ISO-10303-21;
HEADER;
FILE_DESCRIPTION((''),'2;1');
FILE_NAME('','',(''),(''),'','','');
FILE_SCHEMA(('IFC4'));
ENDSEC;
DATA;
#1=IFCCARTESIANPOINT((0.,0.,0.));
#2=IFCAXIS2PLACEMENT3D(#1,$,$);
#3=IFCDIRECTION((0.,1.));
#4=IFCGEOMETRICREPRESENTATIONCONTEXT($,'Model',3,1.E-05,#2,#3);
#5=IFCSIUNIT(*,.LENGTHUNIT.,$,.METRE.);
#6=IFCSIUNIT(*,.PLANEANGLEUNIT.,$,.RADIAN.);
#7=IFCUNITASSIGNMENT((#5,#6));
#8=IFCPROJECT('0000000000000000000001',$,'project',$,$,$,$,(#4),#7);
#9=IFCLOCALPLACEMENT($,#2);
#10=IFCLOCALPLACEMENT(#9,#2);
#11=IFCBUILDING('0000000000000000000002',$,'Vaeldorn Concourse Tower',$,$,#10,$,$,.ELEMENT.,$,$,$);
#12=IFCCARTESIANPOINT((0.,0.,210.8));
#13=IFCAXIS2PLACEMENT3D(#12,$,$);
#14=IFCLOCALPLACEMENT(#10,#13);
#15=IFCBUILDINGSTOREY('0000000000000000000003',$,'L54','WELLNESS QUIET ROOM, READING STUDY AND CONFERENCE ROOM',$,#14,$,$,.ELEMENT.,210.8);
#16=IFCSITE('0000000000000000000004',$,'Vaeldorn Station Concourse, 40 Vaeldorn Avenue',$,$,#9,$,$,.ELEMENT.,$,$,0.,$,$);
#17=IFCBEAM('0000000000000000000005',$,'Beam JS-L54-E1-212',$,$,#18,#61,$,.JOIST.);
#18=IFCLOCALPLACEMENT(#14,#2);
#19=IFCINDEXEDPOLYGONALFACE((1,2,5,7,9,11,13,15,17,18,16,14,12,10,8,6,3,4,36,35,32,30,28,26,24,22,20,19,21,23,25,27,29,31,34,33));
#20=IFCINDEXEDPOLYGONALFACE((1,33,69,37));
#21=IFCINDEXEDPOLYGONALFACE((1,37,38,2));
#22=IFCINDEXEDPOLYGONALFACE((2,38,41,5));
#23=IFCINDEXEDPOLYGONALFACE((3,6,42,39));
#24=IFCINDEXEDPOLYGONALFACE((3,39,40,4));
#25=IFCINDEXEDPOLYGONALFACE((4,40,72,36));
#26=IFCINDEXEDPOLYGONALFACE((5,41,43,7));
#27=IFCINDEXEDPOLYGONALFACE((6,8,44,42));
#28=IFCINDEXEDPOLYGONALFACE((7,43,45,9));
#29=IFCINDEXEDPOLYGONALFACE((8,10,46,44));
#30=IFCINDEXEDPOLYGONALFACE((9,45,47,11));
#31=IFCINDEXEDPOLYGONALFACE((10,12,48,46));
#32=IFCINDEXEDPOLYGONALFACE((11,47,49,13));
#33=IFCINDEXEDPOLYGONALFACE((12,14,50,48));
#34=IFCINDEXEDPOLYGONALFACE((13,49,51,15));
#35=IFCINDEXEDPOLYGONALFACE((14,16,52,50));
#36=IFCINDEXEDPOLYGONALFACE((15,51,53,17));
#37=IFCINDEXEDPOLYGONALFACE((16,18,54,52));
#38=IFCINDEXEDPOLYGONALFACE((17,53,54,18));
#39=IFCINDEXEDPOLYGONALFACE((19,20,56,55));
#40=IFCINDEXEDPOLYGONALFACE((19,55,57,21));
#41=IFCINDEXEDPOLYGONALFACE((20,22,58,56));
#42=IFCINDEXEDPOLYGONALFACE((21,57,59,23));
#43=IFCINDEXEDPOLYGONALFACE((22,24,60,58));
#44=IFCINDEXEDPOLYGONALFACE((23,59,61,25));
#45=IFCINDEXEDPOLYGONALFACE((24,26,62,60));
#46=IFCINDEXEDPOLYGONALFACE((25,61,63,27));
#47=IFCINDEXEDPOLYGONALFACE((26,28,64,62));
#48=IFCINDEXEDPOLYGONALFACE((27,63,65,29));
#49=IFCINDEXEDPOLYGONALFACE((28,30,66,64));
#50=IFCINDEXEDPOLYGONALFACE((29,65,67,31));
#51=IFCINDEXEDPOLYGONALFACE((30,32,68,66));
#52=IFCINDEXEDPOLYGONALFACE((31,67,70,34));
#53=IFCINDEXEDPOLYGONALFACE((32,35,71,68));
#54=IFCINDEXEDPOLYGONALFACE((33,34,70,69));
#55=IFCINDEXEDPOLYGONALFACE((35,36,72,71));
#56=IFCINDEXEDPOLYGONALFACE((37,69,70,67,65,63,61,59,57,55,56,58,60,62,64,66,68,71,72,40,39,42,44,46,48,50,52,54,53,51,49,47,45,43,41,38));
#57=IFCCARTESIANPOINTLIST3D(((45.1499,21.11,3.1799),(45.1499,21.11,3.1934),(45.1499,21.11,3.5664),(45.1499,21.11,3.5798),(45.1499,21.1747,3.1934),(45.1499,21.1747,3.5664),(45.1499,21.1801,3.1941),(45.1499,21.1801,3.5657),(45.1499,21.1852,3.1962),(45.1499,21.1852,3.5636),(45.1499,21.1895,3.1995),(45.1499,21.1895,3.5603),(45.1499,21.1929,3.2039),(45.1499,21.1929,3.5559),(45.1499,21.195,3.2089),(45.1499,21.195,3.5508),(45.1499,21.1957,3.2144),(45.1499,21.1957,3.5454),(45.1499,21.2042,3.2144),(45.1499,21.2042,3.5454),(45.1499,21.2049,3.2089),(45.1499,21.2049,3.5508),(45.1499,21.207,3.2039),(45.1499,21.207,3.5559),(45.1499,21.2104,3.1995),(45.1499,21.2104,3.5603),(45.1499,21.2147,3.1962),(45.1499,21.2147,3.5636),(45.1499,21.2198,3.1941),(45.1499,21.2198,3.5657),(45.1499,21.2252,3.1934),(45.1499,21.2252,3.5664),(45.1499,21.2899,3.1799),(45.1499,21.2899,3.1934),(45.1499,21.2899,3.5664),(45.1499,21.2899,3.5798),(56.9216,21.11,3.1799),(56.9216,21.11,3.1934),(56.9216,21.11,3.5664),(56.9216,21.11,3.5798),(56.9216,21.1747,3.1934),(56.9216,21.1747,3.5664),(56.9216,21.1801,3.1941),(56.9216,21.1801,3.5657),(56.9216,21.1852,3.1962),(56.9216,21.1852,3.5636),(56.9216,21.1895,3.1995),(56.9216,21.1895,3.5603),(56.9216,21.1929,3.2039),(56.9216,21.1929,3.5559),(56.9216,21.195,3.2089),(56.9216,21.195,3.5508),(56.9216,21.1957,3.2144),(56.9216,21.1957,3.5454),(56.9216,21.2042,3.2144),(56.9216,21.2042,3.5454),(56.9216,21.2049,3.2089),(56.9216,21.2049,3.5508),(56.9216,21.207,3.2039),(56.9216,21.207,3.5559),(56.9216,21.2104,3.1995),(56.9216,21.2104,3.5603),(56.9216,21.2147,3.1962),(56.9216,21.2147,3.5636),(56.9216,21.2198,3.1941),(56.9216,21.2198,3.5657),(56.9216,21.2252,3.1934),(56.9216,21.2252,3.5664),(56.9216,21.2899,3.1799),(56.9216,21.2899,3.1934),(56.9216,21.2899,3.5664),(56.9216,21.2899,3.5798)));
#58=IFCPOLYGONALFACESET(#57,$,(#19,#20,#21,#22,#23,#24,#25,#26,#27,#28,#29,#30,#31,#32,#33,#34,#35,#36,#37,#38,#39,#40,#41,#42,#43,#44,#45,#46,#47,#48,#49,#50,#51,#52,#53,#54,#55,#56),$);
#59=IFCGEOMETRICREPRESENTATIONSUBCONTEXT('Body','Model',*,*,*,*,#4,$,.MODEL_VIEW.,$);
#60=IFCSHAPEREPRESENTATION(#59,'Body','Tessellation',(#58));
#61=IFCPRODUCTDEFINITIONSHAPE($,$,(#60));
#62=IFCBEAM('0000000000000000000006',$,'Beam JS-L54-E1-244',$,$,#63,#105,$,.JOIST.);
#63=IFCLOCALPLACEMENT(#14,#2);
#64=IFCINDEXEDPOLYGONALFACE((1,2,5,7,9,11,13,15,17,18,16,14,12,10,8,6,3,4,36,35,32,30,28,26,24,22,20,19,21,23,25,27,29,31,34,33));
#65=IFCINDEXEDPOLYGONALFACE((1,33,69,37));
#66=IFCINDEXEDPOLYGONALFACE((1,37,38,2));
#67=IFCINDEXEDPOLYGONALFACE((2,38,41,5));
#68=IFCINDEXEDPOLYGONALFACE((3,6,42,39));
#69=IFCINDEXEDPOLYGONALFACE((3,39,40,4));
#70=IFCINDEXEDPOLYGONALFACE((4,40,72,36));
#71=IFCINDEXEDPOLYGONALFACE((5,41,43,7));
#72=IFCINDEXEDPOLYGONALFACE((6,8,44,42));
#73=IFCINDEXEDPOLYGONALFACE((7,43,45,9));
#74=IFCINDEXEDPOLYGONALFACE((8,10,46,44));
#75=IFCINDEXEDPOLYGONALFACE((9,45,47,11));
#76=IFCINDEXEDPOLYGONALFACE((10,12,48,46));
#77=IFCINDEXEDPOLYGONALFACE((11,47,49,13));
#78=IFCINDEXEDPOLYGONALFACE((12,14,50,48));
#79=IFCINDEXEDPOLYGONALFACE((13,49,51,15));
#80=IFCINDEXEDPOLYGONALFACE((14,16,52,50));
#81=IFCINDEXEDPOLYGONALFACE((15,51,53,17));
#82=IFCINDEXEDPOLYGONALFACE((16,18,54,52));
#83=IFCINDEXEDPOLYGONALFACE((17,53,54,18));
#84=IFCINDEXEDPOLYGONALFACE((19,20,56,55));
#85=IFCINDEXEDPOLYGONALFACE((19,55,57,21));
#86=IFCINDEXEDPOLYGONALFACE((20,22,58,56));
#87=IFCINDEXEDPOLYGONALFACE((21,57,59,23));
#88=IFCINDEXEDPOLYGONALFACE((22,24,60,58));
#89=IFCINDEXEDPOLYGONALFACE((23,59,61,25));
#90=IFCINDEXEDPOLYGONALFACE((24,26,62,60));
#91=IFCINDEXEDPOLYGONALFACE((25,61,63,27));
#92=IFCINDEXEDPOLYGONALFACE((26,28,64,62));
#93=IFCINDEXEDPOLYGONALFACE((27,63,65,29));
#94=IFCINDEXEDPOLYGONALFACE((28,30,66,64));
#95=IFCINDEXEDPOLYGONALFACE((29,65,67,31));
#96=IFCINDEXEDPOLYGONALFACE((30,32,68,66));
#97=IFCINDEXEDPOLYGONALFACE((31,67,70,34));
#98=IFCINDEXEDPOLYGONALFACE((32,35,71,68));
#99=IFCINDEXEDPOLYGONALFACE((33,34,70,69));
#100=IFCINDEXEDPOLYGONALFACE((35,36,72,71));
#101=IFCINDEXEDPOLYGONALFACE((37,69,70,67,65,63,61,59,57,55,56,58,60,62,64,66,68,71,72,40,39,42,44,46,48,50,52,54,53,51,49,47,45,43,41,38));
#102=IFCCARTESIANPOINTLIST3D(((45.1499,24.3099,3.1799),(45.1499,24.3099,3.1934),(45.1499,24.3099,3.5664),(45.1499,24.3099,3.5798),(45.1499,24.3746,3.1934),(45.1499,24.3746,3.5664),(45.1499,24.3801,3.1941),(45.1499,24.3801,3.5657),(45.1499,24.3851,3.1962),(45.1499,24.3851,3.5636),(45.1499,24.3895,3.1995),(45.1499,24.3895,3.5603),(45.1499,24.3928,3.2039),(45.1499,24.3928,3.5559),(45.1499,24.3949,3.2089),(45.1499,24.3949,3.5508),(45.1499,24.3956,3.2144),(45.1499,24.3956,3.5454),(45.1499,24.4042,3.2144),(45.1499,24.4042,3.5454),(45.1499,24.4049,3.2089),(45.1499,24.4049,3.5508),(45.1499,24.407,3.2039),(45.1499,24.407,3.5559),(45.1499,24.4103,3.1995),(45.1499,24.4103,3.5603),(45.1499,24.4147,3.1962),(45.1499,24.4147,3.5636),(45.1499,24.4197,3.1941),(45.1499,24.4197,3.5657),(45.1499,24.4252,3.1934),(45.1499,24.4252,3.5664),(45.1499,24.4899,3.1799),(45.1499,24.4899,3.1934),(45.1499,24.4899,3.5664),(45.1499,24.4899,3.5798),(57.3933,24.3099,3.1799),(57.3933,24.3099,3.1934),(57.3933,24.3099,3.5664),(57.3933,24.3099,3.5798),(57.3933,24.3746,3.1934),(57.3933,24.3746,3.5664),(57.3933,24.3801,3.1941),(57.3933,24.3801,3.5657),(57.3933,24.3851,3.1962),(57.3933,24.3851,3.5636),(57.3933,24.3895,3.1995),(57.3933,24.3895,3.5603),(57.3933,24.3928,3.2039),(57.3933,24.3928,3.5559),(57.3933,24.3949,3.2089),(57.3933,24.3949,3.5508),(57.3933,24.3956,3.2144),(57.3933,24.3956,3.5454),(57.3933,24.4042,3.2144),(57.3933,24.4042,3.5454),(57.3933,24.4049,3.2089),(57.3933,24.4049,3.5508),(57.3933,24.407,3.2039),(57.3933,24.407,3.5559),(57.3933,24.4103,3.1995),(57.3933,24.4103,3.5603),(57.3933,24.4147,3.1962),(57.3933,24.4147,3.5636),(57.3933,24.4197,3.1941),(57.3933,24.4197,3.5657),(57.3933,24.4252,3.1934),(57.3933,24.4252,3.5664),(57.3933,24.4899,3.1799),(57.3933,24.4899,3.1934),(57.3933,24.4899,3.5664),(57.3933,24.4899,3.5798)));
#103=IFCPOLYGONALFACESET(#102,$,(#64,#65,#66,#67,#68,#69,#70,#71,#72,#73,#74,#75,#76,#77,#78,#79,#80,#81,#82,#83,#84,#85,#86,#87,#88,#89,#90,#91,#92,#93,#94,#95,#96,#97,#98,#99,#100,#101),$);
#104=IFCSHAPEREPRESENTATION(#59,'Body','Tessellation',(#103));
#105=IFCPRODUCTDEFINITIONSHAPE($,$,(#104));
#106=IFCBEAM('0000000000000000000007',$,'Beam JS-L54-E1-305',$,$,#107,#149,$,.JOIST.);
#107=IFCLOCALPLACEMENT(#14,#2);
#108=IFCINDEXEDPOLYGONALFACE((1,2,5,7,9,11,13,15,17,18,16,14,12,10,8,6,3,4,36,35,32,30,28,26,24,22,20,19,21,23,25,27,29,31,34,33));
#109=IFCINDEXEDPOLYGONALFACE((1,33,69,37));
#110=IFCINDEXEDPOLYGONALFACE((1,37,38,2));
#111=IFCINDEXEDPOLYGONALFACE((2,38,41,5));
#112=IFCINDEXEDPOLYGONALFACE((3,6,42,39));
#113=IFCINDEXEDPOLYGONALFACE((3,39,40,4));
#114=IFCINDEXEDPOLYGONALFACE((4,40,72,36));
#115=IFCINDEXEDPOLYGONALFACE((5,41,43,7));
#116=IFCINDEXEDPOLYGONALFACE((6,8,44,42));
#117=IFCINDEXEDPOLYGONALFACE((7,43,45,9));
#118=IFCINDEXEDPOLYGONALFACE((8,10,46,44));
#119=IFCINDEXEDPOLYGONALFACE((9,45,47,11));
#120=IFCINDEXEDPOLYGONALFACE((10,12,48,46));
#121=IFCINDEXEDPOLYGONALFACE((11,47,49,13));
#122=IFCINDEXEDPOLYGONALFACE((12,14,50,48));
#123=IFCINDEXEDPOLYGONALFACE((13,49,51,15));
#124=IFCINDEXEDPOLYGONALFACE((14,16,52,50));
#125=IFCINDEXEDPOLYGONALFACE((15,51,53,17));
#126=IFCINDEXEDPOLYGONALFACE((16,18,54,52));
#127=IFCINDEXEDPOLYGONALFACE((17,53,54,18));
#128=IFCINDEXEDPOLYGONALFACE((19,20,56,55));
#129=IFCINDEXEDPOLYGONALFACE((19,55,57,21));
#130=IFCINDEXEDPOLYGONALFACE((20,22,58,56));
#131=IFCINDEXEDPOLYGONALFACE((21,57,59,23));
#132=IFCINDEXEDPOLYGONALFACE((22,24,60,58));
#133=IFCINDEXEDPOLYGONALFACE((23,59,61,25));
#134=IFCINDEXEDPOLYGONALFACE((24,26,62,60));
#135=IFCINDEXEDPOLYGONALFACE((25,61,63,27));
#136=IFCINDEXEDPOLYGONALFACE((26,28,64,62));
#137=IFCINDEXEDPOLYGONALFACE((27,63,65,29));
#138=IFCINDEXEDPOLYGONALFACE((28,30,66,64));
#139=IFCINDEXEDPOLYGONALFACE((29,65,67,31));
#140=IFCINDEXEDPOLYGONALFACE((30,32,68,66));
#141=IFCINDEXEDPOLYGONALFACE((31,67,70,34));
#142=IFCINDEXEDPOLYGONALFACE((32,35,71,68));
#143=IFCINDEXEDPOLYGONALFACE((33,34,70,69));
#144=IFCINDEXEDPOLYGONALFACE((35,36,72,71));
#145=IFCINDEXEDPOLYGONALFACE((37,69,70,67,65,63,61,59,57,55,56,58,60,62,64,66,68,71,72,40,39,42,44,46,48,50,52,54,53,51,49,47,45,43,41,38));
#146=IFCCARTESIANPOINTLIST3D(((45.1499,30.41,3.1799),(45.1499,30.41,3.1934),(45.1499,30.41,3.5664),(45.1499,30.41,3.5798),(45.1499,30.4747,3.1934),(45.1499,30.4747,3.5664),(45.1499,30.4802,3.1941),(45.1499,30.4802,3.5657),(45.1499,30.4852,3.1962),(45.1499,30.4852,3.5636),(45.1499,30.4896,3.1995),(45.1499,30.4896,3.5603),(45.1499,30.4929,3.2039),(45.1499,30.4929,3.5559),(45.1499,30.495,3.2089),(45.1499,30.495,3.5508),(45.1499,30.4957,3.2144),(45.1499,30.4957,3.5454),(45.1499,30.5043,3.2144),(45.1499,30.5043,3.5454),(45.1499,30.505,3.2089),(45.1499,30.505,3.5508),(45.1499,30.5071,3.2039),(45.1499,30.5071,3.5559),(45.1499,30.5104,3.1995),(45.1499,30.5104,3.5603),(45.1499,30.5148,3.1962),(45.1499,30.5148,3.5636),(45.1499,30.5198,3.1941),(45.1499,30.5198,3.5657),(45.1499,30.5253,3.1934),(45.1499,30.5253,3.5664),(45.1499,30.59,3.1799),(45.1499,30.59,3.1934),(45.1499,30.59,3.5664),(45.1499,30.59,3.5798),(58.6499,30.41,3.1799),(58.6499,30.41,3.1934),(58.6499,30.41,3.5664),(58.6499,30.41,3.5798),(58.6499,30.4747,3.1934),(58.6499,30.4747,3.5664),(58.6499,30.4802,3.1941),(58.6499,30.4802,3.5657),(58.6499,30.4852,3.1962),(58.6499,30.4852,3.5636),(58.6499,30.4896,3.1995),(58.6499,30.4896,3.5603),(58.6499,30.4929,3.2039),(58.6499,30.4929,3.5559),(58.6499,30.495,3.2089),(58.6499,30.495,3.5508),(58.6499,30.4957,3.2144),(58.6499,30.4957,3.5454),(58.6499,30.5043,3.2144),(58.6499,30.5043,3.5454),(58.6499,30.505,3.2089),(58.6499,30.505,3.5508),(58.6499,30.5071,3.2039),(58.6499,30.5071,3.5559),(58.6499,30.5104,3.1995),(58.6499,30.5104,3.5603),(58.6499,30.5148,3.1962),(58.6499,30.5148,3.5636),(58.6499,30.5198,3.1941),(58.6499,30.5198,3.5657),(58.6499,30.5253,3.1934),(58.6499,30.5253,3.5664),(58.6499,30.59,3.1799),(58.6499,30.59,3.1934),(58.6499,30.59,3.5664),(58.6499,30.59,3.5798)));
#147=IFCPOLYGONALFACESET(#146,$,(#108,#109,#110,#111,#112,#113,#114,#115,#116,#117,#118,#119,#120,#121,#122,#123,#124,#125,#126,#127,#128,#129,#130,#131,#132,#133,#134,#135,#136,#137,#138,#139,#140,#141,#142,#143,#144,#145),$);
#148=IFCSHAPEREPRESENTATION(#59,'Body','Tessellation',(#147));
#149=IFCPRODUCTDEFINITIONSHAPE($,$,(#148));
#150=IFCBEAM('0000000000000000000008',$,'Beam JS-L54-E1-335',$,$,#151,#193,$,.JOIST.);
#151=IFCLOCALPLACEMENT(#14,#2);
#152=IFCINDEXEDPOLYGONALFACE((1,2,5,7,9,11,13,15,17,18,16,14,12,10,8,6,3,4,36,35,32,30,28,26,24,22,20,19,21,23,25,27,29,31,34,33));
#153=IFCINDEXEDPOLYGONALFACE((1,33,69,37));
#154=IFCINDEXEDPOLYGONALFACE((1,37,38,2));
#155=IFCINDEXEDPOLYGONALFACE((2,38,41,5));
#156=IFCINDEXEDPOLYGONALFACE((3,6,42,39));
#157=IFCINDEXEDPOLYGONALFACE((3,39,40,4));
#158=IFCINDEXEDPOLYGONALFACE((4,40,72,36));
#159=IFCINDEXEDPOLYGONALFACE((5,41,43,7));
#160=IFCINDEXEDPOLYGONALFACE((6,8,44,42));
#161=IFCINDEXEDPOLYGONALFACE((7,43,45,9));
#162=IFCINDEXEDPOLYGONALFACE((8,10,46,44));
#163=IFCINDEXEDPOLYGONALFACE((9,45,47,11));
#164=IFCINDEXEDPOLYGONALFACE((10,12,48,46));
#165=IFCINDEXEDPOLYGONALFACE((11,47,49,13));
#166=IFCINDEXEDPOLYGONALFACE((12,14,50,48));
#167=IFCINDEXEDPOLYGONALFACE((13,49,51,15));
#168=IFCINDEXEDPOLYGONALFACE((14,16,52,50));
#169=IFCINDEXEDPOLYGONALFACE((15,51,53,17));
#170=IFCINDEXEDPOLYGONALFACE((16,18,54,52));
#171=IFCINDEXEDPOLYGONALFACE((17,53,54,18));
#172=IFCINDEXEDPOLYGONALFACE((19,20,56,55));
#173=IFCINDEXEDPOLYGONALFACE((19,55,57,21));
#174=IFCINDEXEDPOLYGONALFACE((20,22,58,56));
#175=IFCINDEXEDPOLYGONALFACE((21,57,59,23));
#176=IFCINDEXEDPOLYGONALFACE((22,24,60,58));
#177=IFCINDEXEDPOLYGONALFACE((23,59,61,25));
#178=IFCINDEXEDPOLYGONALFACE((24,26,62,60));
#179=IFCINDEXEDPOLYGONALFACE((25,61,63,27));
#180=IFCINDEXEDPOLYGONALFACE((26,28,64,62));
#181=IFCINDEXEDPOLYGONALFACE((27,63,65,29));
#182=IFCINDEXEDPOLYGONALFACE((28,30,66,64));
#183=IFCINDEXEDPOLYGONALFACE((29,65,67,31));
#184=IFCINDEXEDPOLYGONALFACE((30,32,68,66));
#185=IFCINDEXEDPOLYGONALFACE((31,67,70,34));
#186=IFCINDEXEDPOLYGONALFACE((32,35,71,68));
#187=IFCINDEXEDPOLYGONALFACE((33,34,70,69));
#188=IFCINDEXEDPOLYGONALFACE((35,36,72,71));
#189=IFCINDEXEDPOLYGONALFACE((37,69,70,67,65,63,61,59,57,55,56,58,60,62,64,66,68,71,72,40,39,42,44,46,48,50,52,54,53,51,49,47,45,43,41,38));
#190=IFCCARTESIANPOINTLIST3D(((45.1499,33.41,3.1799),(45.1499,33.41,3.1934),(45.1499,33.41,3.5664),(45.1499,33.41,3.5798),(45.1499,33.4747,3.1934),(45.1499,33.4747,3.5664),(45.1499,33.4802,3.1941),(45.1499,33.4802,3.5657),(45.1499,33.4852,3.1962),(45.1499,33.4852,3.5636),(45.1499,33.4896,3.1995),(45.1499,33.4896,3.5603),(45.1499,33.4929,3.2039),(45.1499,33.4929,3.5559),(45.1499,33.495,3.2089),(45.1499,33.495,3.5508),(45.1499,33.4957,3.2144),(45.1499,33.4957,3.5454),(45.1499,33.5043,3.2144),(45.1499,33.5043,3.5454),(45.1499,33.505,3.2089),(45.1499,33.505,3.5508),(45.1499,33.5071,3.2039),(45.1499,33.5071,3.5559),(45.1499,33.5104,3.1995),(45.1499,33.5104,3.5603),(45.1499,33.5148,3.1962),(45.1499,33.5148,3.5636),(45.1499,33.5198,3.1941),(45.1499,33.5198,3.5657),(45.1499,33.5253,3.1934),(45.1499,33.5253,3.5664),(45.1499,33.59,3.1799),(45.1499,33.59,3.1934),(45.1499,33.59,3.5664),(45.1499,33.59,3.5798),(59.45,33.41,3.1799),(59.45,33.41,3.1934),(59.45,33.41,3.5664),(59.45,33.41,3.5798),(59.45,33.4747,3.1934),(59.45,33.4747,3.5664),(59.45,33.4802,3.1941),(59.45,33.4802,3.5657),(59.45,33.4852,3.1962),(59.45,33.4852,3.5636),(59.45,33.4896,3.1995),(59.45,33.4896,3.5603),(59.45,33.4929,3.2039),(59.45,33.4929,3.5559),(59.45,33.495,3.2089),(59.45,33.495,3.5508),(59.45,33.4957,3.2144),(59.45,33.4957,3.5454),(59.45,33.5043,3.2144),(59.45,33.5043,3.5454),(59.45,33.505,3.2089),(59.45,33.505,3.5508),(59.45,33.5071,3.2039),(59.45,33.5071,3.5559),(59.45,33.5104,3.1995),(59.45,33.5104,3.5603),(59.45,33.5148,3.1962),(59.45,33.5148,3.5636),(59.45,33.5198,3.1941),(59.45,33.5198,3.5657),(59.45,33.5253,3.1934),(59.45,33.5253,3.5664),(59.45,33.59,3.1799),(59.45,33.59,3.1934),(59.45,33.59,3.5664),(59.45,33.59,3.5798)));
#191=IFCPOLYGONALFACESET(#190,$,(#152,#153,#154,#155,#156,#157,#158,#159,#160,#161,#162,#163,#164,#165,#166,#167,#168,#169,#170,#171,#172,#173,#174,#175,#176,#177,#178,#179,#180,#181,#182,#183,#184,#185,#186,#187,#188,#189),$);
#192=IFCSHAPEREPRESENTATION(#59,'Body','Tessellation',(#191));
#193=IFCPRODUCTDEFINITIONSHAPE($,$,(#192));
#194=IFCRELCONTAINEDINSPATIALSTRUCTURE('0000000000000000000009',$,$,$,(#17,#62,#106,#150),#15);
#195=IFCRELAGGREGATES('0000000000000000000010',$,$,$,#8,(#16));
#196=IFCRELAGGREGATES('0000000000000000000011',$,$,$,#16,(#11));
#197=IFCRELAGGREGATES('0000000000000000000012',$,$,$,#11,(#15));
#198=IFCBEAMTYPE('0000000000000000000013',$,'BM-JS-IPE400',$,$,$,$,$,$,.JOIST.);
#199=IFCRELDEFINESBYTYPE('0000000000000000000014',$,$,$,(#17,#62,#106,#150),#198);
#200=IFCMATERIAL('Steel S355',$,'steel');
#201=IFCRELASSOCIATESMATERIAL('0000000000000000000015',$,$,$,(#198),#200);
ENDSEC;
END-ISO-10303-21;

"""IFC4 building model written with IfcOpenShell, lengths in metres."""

from ifc_helpers import new_model, si_unit, direction, frame, origin, origin_2d, place, context, subcontext, project, spatial, i_section, extrude, source, transform, mapped, material, material_profile, profile_set, type_object, element, save


model = new_model("IFC4")

# Units and contexts
model_context = context("Model", 3, precision=1e-05, world=origin(), true_north=direction((0.0, 1.0)))
body_context = subcontext(model_context, "Body", "Model", "MODEL_VIEW")
ifc_project = project(units=[si_unit("LENGTHUNIT", "METRE"), si_unit("PLANEANGLEUNIT", "RADIAN")], contexts=[model_context])

# Site, building, storey
site_placement = place(None, origin())
site = spatial("IfcSite", under=ifc_project, at=site_placement, Name="Vaeldorn Station Concourse, 40 Vaeldorn Avenue", CompositionType="ELEMENT", RefElevation=0.0)
building_placement = place(site_placement, origin())
building = spatial("IfcBuilding", under=site, at=building_placement, Name="Vaeldorn Concourse Tower", CompositionType="ELEMENT")
storey_placement = place(building_placement, frame((0.0, 0.0, 210.8)))
storey = spatial("IfcBuildingStorey", under=building, at=storey_placement, Name="L54", Description="WELLNESS QUIET ROOM, READING STUDY AND CONFERENCE ROOM", CompositionType="ELEMENT", Elevation=210.8)

# Shared definitions
ifc_material_1 = material(Name="Steel S355", Category="steel")

# Beams
ifc_material_profile_1 = material_profile(ifc_material_1, i_section(OverallWidth=0.1799, OverallDepth=0.3999, WebThickness=0.0085, FlangeThickness=0.0134, FilletRadius=0.021, at=origin_2d()), Name="IPE 400")
ifc_profile_set_1 = profile_set([ifc_material_profile_1], Name="Steel S355")
beam_type_1 = type_object("IfcBeamType", Name="BM-JS-IPE400", PredefinedType="JOIST", material=ifc_profile_set_1)
shared_shape_1 = source(origin(), body_context, "Body", "SweptSolid", [
    extrude(i_section(OverallWidth=0.1799, OverallDepth=0.3999, WebThickness=0.0085, FlangeThickness=0.0134, FilletRadius=0.021, at=origin_2d()), origin(), (0.0, 0.0, 1.0), 11.7717),
])
beam_1_placement = place(storey_placement, frame((45.1499, 21.2, 3.3799), z_axis=(1.0, 0.0, 0.0), x_axis=(0.0, 1.0, 0.0)))
element("IfcBeam", 1, at=beam_1_placement, inside=storey, type_object=beam_type_1, Name="Beam JS-L54-E1-212", PredefinedType="JOIST", context=body_context, shape_type="MappedRepresentation", body=[
    mapped(shared_shape_1, transform((0.0, 0.0, 0.0), scale=1.0)),
])
shared_shape_2 = source(origin(), body_context, "Body", "SweptSolid", [
    extrude(i_section(OverallWidth=0.1799, OverallDepth=0.3999, WebThickness=0.0085, FlangeThickness=0.0134, FilletRadius=0.021, at=origin_2d()), origin(), (0.0, 0.0, 1.0), 12.2434),
])
beam_2_placement = place(storey_placement, frame((45.1499, 24.3999, 3.3799), z_axis=(1.0, 0.0, 0.0), x_axis=(0.0, 1.0, 0.0)))
element("IfcBeam", 2, at=beam_2_placement, inside=storey, type_object=beam_type_1, Name="Beam JS-L54-E1-244", PredefinedType="JOIST", context=body_context, shape_type="MappedRepresentation", body=[
    mapped(shared_shape_2, transform((0.0, 0.0, 0.0), scale=1.0)),
])
shared_shape_3 = source(origin(), body_context, "Body", "SweptSolid", [
    extrude(i_section(OverallWidth=0.1799, OverallDepth=0.3999, WebThickness=0.0085, FlangeThickness=0.0134, FilletRadius=0.021, at=origin_2d()), origin(), (0.0, 0.0, 1.0), 13.5),
])
beam_3_placement = place(storey_placement, frame((45.1499, 30.5, 3.3799), z_axis=(1.0, 0.0, 0.0), x_axis=(0.0, 1.0, 0.0)))
element("IfcBeam", 3, at=beam_3_placement, inside=storey, type_object=beam_type_1, Name="Beam JS-L54-E1-305", PredefinedType="JOIST", context=body_context, shape_type="MappedRepresentation", body=[
    mapped(shared_shape_3, transform((0.0, 0.0, 0.0), scale=1.0)),
])
shared_shape_4 = source(origin(), body_context, "Body", "SweptSolid", [
    extrude(i_section(OverallWidth=0.1799, OverallDepth=0.3999, WebThickness=0.0085, FlangeThickness=0.0134, FilletRadius=0.021, at=origin_2d()), origin(), (0.0, 0.0, 1.0), 14.3),
])
beam_4_placement = place(storey_placement, frame((45.1499, 33.5, 3.3799), z_axis=(1.0, 0.0, 0.0), x_axis=(0.0, 1.0, 0.0)))
element("IfcBeam", 4, at=beam_4_placement, inside=storey, type_object=beam_type_1, Name="Beam JS-L54-E1-335", PredefinedType="JOIST", context=body_context, shape_type="MappedRepresentation", body=[
    mapped(shared_shape_4, transform((0.0, 0.0, 0.0), scale=1.0)),
])

save(model, "model.ifc")
